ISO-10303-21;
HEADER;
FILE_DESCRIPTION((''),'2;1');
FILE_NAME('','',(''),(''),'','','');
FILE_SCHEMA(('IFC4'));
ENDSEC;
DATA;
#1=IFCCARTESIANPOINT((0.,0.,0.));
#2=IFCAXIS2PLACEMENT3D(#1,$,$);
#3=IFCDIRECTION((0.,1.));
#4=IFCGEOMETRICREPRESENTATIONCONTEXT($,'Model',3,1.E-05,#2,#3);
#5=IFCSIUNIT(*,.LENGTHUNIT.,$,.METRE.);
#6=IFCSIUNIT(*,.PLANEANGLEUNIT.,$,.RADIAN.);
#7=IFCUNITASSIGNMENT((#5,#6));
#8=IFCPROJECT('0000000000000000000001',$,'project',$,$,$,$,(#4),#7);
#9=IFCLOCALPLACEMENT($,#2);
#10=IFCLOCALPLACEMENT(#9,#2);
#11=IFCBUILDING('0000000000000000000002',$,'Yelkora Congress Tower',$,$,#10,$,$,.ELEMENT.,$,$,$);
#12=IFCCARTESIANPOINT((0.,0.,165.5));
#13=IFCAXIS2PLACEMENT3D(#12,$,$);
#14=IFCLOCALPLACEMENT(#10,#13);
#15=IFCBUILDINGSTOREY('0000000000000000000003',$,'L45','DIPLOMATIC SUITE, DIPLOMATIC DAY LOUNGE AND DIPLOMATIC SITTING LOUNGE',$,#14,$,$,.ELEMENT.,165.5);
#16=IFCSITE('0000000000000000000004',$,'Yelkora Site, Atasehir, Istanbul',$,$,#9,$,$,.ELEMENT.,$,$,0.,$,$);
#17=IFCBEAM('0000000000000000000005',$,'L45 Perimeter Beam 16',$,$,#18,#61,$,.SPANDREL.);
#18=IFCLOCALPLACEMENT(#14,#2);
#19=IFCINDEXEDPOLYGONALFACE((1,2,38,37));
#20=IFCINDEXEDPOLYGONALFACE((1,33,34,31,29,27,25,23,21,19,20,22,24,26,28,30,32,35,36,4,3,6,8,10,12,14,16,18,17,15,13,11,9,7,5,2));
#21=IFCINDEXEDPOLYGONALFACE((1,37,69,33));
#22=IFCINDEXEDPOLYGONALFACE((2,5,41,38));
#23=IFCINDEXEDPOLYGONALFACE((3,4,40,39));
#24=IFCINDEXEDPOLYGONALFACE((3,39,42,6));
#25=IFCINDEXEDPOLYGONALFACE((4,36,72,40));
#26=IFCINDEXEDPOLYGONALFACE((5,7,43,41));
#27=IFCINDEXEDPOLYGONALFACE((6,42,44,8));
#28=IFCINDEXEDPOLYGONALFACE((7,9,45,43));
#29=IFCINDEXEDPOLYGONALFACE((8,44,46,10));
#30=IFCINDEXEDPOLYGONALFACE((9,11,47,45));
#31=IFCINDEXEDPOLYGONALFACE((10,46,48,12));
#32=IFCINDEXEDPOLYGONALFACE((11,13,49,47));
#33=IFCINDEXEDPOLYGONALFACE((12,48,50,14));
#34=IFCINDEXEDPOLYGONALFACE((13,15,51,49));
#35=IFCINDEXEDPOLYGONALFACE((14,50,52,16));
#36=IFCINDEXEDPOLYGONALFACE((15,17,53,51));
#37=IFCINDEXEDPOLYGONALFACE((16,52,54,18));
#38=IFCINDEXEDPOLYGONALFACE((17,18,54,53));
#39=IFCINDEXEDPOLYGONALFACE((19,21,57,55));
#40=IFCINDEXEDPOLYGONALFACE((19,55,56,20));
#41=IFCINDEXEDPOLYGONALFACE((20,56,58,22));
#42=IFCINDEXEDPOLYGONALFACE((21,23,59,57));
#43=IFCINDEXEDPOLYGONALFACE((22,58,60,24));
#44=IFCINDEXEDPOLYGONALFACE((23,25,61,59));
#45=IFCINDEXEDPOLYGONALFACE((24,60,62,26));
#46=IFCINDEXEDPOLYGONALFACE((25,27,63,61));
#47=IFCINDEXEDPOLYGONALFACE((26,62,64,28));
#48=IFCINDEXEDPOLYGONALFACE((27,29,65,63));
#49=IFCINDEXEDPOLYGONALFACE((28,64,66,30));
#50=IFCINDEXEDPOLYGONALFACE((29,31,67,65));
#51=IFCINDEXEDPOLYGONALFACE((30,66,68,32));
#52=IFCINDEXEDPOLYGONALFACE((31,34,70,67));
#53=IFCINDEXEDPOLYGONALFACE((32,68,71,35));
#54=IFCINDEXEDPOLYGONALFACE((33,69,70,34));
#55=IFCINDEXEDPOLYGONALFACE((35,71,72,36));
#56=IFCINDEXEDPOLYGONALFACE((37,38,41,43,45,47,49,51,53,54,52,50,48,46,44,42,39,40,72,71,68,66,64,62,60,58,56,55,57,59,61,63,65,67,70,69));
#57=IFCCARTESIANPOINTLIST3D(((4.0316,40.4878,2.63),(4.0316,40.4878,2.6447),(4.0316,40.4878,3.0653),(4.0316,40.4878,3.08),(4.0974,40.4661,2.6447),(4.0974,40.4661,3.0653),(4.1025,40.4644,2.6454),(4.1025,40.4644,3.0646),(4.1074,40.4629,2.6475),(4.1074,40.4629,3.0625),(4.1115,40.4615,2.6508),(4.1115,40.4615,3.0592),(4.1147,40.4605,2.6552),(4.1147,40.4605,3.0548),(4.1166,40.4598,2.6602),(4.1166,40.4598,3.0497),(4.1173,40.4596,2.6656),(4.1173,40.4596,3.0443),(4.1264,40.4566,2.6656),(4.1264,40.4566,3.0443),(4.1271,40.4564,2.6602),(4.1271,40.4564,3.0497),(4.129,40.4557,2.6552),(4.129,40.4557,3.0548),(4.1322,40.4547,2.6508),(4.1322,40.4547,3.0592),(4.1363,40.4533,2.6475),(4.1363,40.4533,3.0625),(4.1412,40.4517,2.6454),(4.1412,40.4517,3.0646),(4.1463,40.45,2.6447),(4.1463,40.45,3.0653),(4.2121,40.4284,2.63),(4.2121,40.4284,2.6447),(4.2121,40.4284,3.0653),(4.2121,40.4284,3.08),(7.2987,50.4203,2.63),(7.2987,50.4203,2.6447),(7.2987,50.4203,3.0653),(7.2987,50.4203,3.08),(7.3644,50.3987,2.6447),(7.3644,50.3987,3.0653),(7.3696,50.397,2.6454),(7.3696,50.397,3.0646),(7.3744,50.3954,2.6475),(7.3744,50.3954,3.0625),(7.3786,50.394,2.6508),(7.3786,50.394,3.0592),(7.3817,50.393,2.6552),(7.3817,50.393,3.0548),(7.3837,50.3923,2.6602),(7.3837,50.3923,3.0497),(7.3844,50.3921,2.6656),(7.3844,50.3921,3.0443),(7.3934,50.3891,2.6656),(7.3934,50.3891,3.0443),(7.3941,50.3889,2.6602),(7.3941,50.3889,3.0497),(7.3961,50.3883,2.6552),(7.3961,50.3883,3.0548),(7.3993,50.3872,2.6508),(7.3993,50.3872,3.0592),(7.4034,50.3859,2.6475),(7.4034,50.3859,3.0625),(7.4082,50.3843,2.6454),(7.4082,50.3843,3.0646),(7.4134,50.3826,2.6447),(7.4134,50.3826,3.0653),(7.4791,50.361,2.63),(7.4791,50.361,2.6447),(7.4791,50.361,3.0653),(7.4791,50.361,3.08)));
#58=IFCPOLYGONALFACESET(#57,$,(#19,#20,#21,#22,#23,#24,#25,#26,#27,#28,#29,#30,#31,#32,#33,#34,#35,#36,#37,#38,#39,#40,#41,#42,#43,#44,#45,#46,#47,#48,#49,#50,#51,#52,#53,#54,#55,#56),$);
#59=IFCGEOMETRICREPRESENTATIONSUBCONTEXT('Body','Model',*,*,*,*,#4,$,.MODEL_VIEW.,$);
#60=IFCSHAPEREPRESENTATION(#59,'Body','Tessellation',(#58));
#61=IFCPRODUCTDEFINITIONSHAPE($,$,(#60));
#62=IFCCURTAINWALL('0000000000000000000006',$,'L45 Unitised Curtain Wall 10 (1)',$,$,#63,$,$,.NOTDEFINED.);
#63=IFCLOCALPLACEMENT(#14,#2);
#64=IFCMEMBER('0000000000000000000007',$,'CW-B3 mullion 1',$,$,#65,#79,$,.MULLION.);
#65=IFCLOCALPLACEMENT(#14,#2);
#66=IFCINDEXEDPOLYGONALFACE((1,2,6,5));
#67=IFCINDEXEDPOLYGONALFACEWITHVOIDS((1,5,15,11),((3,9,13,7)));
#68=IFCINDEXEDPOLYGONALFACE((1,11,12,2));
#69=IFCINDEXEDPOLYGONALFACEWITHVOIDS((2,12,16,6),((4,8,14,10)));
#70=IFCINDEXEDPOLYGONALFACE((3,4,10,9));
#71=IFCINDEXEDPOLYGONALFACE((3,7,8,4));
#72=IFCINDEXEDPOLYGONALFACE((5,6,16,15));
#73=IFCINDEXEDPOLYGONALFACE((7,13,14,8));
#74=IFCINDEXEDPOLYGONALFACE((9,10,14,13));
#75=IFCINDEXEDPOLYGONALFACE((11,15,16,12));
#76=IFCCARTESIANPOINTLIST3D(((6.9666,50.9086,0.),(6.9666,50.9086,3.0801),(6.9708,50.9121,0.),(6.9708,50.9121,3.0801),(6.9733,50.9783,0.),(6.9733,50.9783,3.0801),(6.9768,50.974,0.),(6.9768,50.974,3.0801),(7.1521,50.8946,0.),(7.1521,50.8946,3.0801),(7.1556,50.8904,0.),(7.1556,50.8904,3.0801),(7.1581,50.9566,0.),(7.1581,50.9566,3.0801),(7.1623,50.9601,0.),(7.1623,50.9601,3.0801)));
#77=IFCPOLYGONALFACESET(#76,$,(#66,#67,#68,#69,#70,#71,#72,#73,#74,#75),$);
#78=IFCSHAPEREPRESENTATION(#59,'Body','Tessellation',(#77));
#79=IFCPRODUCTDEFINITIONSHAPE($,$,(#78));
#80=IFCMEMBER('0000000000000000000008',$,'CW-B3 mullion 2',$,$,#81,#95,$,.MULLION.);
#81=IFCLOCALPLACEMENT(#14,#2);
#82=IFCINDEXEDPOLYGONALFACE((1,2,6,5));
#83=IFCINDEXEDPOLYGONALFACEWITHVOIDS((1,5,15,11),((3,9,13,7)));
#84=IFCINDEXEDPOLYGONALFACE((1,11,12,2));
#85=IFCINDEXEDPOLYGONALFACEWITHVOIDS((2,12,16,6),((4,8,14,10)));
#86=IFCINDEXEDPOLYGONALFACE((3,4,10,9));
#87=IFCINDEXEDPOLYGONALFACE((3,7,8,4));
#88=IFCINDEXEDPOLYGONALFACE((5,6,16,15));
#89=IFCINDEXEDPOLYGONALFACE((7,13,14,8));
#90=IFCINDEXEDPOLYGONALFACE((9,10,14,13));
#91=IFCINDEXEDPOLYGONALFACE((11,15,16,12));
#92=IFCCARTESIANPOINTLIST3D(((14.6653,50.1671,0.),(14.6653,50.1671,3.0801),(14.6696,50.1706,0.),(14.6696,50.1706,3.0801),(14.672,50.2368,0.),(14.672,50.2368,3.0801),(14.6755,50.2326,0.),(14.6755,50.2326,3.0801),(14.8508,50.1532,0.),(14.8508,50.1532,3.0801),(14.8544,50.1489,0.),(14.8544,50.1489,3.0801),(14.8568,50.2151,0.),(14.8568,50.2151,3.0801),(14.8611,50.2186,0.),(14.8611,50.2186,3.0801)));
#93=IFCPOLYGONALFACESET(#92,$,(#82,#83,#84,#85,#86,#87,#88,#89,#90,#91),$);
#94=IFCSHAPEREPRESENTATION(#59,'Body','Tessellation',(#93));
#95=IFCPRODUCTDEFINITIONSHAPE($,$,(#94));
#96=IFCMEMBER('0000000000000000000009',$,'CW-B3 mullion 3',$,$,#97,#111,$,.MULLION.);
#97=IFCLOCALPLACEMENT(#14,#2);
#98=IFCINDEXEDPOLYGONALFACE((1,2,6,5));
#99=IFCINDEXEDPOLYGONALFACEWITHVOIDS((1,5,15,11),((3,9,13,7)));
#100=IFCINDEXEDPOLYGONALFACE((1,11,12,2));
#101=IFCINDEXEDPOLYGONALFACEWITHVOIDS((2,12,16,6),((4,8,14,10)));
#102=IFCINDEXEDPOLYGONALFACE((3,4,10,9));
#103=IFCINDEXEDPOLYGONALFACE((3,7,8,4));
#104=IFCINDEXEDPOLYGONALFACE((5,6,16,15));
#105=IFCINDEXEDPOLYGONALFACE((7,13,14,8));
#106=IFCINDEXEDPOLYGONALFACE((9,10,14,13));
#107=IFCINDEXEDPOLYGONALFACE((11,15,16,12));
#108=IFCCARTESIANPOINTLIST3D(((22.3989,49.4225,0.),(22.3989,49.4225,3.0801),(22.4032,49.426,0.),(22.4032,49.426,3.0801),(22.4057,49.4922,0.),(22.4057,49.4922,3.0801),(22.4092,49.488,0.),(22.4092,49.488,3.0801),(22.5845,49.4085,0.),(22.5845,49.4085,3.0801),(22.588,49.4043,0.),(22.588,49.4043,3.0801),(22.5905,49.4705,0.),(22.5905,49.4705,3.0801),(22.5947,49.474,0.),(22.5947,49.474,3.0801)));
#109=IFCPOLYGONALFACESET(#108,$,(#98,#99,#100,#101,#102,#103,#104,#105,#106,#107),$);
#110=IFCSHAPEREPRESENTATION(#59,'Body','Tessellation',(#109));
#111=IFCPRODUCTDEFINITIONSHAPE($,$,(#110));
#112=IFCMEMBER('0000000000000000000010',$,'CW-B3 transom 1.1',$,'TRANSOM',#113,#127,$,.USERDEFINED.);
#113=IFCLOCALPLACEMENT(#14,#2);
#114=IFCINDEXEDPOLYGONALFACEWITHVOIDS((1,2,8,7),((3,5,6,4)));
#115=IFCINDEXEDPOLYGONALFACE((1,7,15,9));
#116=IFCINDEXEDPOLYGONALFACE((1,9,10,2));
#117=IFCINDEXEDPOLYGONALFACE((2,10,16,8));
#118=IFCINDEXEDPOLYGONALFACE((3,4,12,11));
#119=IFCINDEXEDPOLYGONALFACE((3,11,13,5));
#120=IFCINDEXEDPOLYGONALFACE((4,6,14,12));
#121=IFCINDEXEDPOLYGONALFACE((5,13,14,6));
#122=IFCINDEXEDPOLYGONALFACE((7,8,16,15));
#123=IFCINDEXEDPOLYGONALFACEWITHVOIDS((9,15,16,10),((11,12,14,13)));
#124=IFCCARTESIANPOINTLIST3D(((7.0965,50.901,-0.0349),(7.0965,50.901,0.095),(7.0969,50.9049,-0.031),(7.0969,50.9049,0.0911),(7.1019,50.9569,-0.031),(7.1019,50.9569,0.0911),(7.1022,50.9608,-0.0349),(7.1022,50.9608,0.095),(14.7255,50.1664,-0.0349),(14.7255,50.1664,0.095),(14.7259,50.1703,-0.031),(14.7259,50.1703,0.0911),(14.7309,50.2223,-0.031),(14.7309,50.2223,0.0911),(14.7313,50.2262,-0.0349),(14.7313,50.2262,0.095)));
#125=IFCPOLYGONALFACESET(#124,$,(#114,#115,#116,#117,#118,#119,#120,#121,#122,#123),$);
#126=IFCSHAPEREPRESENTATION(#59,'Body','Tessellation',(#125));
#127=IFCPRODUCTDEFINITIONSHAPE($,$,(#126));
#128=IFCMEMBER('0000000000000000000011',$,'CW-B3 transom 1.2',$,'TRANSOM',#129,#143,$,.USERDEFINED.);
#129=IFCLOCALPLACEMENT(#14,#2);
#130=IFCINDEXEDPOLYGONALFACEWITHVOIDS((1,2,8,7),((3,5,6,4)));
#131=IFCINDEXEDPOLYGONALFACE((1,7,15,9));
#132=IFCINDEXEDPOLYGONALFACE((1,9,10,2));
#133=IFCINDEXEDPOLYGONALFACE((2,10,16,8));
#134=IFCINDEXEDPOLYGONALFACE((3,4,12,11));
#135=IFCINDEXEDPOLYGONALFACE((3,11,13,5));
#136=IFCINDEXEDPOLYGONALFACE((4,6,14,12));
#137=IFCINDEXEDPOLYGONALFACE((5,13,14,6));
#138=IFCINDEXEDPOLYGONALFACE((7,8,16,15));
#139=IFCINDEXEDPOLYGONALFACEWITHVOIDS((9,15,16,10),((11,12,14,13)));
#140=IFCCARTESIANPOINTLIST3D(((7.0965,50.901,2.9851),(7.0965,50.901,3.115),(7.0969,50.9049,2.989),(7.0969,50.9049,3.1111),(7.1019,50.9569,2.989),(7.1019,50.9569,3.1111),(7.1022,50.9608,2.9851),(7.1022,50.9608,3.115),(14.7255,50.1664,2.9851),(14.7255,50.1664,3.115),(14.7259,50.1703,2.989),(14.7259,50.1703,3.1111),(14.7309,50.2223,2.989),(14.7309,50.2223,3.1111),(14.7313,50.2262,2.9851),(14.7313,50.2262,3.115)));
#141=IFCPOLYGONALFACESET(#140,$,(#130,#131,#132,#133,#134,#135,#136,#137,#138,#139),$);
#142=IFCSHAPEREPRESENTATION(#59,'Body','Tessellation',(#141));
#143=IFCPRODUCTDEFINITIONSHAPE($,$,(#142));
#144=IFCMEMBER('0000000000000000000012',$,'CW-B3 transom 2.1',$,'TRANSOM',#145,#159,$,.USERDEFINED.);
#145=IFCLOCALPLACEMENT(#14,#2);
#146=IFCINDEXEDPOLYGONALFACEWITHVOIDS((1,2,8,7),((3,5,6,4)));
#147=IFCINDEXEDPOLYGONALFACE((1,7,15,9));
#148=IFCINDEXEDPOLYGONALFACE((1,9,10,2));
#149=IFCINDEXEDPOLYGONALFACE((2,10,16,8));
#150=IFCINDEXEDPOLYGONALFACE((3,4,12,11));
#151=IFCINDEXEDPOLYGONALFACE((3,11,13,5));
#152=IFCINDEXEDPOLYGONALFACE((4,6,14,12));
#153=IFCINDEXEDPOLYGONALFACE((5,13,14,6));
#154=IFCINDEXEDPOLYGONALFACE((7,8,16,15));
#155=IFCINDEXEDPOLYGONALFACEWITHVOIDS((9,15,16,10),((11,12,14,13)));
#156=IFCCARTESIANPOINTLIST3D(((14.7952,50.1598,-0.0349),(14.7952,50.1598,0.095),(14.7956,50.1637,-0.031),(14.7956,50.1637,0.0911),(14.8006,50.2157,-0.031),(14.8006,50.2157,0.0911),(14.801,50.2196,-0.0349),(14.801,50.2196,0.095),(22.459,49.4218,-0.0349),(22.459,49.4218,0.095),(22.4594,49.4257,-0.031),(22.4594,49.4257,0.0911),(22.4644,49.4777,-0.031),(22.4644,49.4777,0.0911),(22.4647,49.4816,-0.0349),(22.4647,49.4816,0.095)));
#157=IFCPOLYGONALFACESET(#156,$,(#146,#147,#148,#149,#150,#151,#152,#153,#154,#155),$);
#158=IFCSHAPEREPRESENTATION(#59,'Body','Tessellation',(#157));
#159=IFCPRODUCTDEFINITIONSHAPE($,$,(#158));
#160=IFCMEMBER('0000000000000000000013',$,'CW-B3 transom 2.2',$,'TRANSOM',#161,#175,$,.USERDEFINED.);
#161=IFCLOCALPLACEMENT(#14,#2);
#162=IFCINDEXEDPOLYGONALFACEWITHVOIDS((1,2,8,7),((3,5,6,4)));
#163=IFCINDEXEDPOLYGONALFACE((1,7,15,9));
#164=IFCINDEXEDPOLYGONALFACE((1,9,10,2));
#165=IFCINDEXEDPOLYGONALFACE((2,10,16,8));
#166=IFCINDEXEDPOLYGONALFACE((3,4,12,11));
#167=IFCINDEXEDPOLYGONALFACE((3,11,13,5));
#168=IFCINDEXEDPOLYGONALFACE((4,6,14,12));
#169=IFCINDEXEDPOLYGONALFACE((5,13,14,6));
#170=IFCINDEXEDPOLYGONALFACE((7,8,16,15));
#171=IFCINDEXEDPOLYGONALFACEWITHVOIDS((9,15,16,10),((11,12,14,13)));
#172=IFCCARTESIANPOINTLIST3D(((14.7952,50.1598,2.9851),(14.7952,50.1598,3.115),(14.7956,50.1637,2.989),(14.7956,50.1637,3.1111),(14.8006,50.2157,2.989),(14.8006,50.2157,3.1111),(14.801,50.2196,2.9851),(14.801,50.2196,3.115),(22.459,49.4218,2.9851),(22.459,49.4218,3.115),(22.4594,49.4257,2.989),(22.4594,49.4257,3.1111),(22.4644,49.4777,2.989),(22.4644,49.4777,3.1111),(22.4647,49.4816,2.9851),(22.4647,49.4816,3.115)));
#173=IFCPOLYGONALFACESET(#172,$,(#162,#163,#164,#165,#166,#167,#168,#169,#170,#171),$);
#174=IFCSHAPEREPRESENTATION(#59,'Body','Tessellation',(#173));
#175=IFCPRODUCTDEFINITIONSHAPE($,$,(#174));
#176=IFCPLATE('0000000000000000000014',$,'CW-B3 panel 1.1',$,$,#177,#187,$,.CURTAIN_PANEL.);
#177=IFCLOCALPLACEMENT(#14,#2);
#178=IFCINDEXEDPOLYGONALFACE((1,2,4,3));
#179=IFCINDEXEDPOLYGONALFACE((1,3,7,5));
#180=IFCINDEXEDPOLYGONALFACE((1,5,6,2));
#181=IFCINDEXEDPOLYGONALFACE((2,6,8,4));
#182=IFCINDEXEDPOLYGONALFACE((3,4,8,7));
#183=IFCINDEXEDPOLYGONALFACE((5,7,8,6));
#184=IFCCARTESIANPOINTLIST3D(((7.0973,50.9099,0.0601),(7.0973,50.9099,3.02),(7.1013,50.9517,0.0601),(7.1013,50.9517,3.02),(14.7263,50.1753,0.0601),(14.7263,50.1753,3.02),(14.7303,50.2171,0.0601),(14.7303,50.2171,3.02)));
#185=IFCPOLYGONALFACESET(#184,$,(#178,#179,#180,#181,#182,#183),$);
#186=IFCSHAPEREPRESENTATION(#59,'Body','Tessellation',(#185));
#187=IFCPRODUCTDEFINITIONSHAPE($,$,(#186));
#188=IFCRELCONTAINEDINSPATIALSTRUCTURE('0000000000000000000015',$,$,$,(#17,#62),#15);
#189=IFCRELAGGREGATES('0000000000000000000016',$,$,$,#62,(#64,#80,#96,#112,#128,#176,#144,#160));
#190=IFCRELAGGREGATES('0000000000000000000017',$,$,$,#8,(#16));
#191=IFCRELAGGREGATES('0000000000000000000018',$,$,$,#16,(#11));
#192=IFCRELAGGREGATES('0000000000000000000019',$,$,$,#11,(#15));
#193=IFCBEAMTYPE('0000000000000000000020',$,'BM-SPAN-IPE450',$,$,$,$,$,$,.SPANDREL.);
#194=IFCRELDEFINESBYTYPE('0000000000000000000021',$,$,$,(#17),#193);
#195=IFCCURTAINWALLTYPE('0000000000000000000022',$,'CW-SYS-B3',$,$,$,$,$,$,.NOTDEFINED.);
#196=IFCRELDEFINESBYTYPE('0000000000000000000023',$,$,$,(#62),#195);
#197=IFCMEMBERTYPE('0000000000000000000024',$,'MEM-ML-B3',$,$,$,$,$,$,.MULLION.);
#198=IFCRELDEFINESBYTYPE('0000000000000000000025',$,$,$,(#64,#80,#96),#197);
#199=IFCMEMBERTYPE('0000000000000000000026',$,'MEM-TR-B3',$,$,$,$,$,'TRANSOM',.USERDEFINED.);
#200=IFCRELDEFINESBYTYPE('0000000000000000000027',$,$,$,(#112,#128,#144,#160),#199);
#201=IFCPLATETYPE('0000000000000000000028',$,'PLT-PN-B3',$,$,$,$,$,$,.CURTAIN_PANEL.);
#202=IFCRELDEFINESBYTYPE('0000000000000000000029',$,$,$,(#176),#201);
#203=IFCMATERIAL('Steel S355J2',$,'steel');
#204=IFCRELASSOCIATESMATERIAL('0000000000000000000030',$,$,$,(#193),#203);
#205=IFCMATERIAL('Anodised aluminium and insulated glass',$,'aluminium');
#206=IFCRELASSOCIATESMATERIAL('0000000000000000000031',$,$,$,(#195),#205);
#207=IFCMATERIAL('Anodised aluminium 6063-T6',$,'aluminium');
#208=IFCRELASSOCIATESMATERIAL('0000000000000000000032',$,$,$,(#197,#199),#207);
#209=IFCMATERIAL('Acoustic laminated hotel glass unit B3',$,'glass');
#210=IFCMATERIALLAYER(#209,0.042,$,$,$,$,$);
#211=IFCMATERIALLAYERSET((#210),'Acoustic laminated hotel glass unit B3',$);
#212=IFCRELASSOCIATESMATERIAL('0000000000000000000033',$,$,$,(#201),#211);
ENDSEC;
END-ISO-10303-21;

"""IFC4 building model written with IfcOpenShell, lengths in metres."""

from ifc_helpers import new_model, si_unit, direction, frame, origin, origin_2d, place, context, subcontext, project, spatial, rectangle, hollow_rectangle, i_section, extrude, material, layer, layer_set, material_profile, profile_set, type_object, element, aggregate, save


model = new_model("IFC4")

# Units and contexts
model_context = context("Model", 3, precision=1e-05, world=origin(), true_north=direction((0.0, 1.0)))
body_context = subcontext(model_context, "Body", "Model", "MODEL_VIEW")
ifc_project = project(units=[si_unit("LENGTHUNIT", "METRE"), si_unit("PLANEANGLEUNIT", "RADIAN")], contexts=[model_context])

# Site, building, storey
site_placement = place(None, origin())
site = spatial("IfcSite", under=ifc_project, at=site_placement, Name="Yelkora Site, Atasehir, Istanbul", CompositionType="ELEMENT", RefElevation=0.0)
building_placement = place(site_placement, origin())
building = spatial("IfcBuilding", under=site, at=building_placement, Name="Yelkora Congress Tower", CompositionType="ELEMENT")
storey_placement = place(building_placement, frame((0.0, 0.0, 165.5)))
storey = spatial("IfcBuildingStorey", under=building, at=storey_placement, Name="L45", Description="DIPLOMATIC SUITE, DIPLOMATIC DAY LOUNGE AND DIPLOMATIC SITTING LOUNGE", CompositionType="ELEMENT", Elevation=165.5)

# Beam
ifc_material_1 = material(Name="Steel S355J2", Category="steel")
ifc_material_profile_1 = material_profile(ifc_material_1, i_section(OverallWidth=0.1899, OverallDepth=0.45, WebThickness=0.0095, FlangeThickness=0.0146, FilletRadius=0.021, at=origin_2d()), Name="IPE 450")
ifc_profile_set_1 = profile_set([ifc_material_profile_1], Name="Steel S355J2")
beam_type_1 = type_object("IfcBeamType", Name="BM-SPAN-IPE450", PredefinedType="SPANDREL", material=ifc_profile_set_1)
beam_1_placement = place(storey_placement, frame((7.3889, 50.3906, 2.855), z_axis=(-0.312457, -0.949932, 0.0), x_axis=(0.949932, -0.312457, 0.0)))
element("IfcBeam", 1, at=beam_1_placement, inside=storey, type_object=beam_type_1, Name="L45 Perimeter Beam 16", PredefinedType="SPANDREL", context=body_context, shape_type="SweptSolid", body=[
    extrude(i_section(OverallWidth=0.1899, OverallDepth=0.45, WebThickness=0.0095, FlangeThickness=0.0146, FilletRadius=0.021, at=origin_2d()), origin(), (0.0, 0.0, 1.0), 10.4561),
])

# Curtain wall, members, plate
ifc_material_2 = material(Name="Anodised aluminium and insulated glass", Category="aluminium")
curtain_wall_type = type_object("IfcCurtainWallType", Name="CW-SYS-B3", PredefinedType="NOTDEFINED", material=ifc_material_2)
curtain_wall_placement = place(storey_placement, origin())
curtain_wall = element("IfcCurtainWall", 2, at=curtain_wall_placement, inside=storey, type_object=curtain_wall_type, Name="L45 Unitised Curtain Wall 10 (1)", PredefinedType="NOTDEFINED")
ifc_material_3 = material(Name="Anodised aluminium 6063-T6", Category="aluminium")
ifc_material_profile_2 = material_profile(ifc_material_3, hollow_rectangle(XDim=0.0701, YDim=0.1899, WallThickness=0.0039, at=origin_2d()), Name="ALU 70x190x4")
ifc_profile_set_2 = profile_set([ifc_material_profile_2], Name="Anodised aluminium 6063-T6")
member_type_1 = type_object("IfcMemberType", Name="MEM-ML-B3", PredefinedType="MULLION", material=ifc_profile_set_2)
member_1_placement = place(storey_placement, frame((7.0645, 50.9343, 0.0), z_axis=(0.0, 0.0, 1.0), x_axis=(0.095845, 0.995396, 0.0)))
member_1 = element("IfcMember", 3, at=member_1_placement, type_object=member_type_1, Name="CW-B3 mullion 1", PredefinedType="MULLION", context=body_context, shape_type="SweptSolid", body=[
    extrude(hollow_rectangle(XDim=0.0701, YDim=0.1899, WallThickness=0.0039, at=origin_2d()), origin(), (0.0, 0.0, 1.0), 3.0801),
])
member_2_placement = place(storey_placement, frame((14.7632, 50.1929, 0.0), z_axis=(0.0, 0.0, 1.0), x_axis=(0.095845, 0.995396, 0.0)))
member_2 = element("IfcMember", 4, at=member_2_placement, type_object=member_type_1, Name="CW-B3 mullion 2", PredefinedType="MULLION", context=body_context, shape_type="SweptSolid", body=[
    extrude(hollow_rectangle(XDim=0.0701, YDim=0.1899, WallThickness=0.0039, at=origin_2d()), origin(), (0.0, 0.0, 1.0), 3.0801),
])
member_3_placement = place(storey_placement, frame((22.4968, 49.4482, 0.0), z_axis=(0.0, 0.0, 1.0), x_axis=(0.095845, 0.995396, 0.0)))
member_3 = element("IfcMember", 5, at=member_3_placement, type_object=member_type_1, Name="CW-B3 mullion 3", PredefinedType="MULLION", context=body_context, shape_type="SweptSolid", body=[
    extrude(hollow_rectangle(XDim=0.0701, YDim=0.1899, WallThickness=0.0039, at=origin_2d()), origin(), (0.0, 0.0, 1.0), 3.0801),
])
ifc_material_profile_3 = material_profile(ifc_material_3, hollow_rectangle(XDim=0.0601, YDim=0.1299, WallThickness=0.0039, at=origin_2d()), Name="ALU 60x130x4")
ifc_profile_set_3 = profile_set([ifc_material_profile_3], Name="Anodised aluminium 6063-T6")
member_type_2 = type_object("IfcMemberType", Name="MEM-TR-B3", ElementType="TRANSOM", PredefinedType="USERDEFINED", material=ifc_profile_set_3)
member_4_placement = place(storey_placement, frame((7.0994, 50.9309, 0.03), z_axis=(0.995396, -0.095851, 0.0), x_axis=(0.095851, 0.995396, 0.0)))
member_4 = element("IfcMember", 6, at=member_4_placement, type_object=member_type_2, Name="CW-B3 transom 1.1", ObjectType="TRANSOM", PredefinedType="USERDEFINED", context=body_context, shape_type="SweptSolid", body=[
    extrude(hollow_rectangle(XDim=0.0601, YDim=0.1299, WallThickness=0.0039, at=origin_2d()), origin(), (0.0, 0.0, 1.0), 7.6643),
])
member_5_placement = place(storey_placement, frame((7.0994, 50.9309, 3.05), z_axis=(0.995396, -0.095851, 0.0), x_axis=(0.095851, 0.995396, 0.0)))
member_5 = element("IfcMember", 7, at=member_5_placement, type_object=member_type_2, Name="CW-B3 transom 1.2", ObjectType="TRANSOM", PredefinedType="USERDEFINED", context=body_context, shape_type="SweptSolid", body=[
    extrude(hollow_rectangle(XDim=0.0601, YDim=0.1299, WallThickness=0.0039, at=origin_2d()), origin(), (0.0, 0.0, 1.0), 7.6643),
])
member_6_placement = place(storey_placement, frame((14.7981, 50.1897, 0.03), z_axis=(0.995395, -0.095858, 0.0), x_axis=(0.095858, 0.995395, 0.0)))
member_6 = element("IfcMember", 8, at=member_6_placement, type_object=member_type_2, Name="CW-B3 transom 2.1", ObjectType="TRANSOM", PredefinedType="USERDEFINED", context=body_context, shape_type="SweptSolid", body=[
    extrude(hollow_rectangle(XDim=0.0601, YDim=0.1299, WallThickness=0.0039, at=origin_2d()), origin(), (0.0, 0.0, 1.0), 7.6992),
])
member_7_placement = place(storey_placement, frame((14.7981, 50.1897, 3.05), z_axis=(0.995395, -0.095858, 0.0), x_axis=(0.095858, 0.995395, 0.0)))
member_7 = element("IfcMember", 9, at=member_7_placement, type_object=member_type_2, Name="CW-B3 transom 2.2", ObjectType="TRANSOM", PredefinedType="USERDEFINED", context=body_context, shape_type="SweptSolid", body=[
    extrude(hollow_rectangle(XDim=0.0601, YDim=0.1299, WallThickness=0.0039, at=origin_2d()), origin(), (0.0, 0.0, 1.0), 7.6992),
])
ifc_material_4 = material(Name="Acoustic laminated hotel glass unit B3", Category="glass")
ifc_layer_1 = layer(ifc_material_4, 0.042)
ifc_layer_set_1 = layer_set([ifc_layer_1], Name="Acoustic laminated hotel glass unit B3")
plate_type = type_object("IfcPlateType", Name="PLT-PN-B3", PredefinedType="CURTAIN_PANEL", material=ifc_layer_set_1)
plate_1_placement = place(storey_placement, frame((10.9138, 50.5635, 0.0601), z_axis=(0.0, 0.0, 1.0), x_axis=(0.995396, -0.095845, 0.0)))
plate_1 = element("IfcPlate", 10, at=plate_1_placement, type_object=plate_type, Name="CW-B3 panel 1.1", PredefinedType="CURTAIN_PANEL", context=body_context, shape_type="SweptSolid", body=[
    extrude(rectangle(XDim=7.6643, YDim=0.042, at=origin_2d()), origin(), (0.0, 0.0, 1.0), 2.96),
])
aggregate(curtain_wall, [member_1, member_2, member_3, member_4, member_5, plate_1, member_6, member_7])

save(model, "model.ifc")
